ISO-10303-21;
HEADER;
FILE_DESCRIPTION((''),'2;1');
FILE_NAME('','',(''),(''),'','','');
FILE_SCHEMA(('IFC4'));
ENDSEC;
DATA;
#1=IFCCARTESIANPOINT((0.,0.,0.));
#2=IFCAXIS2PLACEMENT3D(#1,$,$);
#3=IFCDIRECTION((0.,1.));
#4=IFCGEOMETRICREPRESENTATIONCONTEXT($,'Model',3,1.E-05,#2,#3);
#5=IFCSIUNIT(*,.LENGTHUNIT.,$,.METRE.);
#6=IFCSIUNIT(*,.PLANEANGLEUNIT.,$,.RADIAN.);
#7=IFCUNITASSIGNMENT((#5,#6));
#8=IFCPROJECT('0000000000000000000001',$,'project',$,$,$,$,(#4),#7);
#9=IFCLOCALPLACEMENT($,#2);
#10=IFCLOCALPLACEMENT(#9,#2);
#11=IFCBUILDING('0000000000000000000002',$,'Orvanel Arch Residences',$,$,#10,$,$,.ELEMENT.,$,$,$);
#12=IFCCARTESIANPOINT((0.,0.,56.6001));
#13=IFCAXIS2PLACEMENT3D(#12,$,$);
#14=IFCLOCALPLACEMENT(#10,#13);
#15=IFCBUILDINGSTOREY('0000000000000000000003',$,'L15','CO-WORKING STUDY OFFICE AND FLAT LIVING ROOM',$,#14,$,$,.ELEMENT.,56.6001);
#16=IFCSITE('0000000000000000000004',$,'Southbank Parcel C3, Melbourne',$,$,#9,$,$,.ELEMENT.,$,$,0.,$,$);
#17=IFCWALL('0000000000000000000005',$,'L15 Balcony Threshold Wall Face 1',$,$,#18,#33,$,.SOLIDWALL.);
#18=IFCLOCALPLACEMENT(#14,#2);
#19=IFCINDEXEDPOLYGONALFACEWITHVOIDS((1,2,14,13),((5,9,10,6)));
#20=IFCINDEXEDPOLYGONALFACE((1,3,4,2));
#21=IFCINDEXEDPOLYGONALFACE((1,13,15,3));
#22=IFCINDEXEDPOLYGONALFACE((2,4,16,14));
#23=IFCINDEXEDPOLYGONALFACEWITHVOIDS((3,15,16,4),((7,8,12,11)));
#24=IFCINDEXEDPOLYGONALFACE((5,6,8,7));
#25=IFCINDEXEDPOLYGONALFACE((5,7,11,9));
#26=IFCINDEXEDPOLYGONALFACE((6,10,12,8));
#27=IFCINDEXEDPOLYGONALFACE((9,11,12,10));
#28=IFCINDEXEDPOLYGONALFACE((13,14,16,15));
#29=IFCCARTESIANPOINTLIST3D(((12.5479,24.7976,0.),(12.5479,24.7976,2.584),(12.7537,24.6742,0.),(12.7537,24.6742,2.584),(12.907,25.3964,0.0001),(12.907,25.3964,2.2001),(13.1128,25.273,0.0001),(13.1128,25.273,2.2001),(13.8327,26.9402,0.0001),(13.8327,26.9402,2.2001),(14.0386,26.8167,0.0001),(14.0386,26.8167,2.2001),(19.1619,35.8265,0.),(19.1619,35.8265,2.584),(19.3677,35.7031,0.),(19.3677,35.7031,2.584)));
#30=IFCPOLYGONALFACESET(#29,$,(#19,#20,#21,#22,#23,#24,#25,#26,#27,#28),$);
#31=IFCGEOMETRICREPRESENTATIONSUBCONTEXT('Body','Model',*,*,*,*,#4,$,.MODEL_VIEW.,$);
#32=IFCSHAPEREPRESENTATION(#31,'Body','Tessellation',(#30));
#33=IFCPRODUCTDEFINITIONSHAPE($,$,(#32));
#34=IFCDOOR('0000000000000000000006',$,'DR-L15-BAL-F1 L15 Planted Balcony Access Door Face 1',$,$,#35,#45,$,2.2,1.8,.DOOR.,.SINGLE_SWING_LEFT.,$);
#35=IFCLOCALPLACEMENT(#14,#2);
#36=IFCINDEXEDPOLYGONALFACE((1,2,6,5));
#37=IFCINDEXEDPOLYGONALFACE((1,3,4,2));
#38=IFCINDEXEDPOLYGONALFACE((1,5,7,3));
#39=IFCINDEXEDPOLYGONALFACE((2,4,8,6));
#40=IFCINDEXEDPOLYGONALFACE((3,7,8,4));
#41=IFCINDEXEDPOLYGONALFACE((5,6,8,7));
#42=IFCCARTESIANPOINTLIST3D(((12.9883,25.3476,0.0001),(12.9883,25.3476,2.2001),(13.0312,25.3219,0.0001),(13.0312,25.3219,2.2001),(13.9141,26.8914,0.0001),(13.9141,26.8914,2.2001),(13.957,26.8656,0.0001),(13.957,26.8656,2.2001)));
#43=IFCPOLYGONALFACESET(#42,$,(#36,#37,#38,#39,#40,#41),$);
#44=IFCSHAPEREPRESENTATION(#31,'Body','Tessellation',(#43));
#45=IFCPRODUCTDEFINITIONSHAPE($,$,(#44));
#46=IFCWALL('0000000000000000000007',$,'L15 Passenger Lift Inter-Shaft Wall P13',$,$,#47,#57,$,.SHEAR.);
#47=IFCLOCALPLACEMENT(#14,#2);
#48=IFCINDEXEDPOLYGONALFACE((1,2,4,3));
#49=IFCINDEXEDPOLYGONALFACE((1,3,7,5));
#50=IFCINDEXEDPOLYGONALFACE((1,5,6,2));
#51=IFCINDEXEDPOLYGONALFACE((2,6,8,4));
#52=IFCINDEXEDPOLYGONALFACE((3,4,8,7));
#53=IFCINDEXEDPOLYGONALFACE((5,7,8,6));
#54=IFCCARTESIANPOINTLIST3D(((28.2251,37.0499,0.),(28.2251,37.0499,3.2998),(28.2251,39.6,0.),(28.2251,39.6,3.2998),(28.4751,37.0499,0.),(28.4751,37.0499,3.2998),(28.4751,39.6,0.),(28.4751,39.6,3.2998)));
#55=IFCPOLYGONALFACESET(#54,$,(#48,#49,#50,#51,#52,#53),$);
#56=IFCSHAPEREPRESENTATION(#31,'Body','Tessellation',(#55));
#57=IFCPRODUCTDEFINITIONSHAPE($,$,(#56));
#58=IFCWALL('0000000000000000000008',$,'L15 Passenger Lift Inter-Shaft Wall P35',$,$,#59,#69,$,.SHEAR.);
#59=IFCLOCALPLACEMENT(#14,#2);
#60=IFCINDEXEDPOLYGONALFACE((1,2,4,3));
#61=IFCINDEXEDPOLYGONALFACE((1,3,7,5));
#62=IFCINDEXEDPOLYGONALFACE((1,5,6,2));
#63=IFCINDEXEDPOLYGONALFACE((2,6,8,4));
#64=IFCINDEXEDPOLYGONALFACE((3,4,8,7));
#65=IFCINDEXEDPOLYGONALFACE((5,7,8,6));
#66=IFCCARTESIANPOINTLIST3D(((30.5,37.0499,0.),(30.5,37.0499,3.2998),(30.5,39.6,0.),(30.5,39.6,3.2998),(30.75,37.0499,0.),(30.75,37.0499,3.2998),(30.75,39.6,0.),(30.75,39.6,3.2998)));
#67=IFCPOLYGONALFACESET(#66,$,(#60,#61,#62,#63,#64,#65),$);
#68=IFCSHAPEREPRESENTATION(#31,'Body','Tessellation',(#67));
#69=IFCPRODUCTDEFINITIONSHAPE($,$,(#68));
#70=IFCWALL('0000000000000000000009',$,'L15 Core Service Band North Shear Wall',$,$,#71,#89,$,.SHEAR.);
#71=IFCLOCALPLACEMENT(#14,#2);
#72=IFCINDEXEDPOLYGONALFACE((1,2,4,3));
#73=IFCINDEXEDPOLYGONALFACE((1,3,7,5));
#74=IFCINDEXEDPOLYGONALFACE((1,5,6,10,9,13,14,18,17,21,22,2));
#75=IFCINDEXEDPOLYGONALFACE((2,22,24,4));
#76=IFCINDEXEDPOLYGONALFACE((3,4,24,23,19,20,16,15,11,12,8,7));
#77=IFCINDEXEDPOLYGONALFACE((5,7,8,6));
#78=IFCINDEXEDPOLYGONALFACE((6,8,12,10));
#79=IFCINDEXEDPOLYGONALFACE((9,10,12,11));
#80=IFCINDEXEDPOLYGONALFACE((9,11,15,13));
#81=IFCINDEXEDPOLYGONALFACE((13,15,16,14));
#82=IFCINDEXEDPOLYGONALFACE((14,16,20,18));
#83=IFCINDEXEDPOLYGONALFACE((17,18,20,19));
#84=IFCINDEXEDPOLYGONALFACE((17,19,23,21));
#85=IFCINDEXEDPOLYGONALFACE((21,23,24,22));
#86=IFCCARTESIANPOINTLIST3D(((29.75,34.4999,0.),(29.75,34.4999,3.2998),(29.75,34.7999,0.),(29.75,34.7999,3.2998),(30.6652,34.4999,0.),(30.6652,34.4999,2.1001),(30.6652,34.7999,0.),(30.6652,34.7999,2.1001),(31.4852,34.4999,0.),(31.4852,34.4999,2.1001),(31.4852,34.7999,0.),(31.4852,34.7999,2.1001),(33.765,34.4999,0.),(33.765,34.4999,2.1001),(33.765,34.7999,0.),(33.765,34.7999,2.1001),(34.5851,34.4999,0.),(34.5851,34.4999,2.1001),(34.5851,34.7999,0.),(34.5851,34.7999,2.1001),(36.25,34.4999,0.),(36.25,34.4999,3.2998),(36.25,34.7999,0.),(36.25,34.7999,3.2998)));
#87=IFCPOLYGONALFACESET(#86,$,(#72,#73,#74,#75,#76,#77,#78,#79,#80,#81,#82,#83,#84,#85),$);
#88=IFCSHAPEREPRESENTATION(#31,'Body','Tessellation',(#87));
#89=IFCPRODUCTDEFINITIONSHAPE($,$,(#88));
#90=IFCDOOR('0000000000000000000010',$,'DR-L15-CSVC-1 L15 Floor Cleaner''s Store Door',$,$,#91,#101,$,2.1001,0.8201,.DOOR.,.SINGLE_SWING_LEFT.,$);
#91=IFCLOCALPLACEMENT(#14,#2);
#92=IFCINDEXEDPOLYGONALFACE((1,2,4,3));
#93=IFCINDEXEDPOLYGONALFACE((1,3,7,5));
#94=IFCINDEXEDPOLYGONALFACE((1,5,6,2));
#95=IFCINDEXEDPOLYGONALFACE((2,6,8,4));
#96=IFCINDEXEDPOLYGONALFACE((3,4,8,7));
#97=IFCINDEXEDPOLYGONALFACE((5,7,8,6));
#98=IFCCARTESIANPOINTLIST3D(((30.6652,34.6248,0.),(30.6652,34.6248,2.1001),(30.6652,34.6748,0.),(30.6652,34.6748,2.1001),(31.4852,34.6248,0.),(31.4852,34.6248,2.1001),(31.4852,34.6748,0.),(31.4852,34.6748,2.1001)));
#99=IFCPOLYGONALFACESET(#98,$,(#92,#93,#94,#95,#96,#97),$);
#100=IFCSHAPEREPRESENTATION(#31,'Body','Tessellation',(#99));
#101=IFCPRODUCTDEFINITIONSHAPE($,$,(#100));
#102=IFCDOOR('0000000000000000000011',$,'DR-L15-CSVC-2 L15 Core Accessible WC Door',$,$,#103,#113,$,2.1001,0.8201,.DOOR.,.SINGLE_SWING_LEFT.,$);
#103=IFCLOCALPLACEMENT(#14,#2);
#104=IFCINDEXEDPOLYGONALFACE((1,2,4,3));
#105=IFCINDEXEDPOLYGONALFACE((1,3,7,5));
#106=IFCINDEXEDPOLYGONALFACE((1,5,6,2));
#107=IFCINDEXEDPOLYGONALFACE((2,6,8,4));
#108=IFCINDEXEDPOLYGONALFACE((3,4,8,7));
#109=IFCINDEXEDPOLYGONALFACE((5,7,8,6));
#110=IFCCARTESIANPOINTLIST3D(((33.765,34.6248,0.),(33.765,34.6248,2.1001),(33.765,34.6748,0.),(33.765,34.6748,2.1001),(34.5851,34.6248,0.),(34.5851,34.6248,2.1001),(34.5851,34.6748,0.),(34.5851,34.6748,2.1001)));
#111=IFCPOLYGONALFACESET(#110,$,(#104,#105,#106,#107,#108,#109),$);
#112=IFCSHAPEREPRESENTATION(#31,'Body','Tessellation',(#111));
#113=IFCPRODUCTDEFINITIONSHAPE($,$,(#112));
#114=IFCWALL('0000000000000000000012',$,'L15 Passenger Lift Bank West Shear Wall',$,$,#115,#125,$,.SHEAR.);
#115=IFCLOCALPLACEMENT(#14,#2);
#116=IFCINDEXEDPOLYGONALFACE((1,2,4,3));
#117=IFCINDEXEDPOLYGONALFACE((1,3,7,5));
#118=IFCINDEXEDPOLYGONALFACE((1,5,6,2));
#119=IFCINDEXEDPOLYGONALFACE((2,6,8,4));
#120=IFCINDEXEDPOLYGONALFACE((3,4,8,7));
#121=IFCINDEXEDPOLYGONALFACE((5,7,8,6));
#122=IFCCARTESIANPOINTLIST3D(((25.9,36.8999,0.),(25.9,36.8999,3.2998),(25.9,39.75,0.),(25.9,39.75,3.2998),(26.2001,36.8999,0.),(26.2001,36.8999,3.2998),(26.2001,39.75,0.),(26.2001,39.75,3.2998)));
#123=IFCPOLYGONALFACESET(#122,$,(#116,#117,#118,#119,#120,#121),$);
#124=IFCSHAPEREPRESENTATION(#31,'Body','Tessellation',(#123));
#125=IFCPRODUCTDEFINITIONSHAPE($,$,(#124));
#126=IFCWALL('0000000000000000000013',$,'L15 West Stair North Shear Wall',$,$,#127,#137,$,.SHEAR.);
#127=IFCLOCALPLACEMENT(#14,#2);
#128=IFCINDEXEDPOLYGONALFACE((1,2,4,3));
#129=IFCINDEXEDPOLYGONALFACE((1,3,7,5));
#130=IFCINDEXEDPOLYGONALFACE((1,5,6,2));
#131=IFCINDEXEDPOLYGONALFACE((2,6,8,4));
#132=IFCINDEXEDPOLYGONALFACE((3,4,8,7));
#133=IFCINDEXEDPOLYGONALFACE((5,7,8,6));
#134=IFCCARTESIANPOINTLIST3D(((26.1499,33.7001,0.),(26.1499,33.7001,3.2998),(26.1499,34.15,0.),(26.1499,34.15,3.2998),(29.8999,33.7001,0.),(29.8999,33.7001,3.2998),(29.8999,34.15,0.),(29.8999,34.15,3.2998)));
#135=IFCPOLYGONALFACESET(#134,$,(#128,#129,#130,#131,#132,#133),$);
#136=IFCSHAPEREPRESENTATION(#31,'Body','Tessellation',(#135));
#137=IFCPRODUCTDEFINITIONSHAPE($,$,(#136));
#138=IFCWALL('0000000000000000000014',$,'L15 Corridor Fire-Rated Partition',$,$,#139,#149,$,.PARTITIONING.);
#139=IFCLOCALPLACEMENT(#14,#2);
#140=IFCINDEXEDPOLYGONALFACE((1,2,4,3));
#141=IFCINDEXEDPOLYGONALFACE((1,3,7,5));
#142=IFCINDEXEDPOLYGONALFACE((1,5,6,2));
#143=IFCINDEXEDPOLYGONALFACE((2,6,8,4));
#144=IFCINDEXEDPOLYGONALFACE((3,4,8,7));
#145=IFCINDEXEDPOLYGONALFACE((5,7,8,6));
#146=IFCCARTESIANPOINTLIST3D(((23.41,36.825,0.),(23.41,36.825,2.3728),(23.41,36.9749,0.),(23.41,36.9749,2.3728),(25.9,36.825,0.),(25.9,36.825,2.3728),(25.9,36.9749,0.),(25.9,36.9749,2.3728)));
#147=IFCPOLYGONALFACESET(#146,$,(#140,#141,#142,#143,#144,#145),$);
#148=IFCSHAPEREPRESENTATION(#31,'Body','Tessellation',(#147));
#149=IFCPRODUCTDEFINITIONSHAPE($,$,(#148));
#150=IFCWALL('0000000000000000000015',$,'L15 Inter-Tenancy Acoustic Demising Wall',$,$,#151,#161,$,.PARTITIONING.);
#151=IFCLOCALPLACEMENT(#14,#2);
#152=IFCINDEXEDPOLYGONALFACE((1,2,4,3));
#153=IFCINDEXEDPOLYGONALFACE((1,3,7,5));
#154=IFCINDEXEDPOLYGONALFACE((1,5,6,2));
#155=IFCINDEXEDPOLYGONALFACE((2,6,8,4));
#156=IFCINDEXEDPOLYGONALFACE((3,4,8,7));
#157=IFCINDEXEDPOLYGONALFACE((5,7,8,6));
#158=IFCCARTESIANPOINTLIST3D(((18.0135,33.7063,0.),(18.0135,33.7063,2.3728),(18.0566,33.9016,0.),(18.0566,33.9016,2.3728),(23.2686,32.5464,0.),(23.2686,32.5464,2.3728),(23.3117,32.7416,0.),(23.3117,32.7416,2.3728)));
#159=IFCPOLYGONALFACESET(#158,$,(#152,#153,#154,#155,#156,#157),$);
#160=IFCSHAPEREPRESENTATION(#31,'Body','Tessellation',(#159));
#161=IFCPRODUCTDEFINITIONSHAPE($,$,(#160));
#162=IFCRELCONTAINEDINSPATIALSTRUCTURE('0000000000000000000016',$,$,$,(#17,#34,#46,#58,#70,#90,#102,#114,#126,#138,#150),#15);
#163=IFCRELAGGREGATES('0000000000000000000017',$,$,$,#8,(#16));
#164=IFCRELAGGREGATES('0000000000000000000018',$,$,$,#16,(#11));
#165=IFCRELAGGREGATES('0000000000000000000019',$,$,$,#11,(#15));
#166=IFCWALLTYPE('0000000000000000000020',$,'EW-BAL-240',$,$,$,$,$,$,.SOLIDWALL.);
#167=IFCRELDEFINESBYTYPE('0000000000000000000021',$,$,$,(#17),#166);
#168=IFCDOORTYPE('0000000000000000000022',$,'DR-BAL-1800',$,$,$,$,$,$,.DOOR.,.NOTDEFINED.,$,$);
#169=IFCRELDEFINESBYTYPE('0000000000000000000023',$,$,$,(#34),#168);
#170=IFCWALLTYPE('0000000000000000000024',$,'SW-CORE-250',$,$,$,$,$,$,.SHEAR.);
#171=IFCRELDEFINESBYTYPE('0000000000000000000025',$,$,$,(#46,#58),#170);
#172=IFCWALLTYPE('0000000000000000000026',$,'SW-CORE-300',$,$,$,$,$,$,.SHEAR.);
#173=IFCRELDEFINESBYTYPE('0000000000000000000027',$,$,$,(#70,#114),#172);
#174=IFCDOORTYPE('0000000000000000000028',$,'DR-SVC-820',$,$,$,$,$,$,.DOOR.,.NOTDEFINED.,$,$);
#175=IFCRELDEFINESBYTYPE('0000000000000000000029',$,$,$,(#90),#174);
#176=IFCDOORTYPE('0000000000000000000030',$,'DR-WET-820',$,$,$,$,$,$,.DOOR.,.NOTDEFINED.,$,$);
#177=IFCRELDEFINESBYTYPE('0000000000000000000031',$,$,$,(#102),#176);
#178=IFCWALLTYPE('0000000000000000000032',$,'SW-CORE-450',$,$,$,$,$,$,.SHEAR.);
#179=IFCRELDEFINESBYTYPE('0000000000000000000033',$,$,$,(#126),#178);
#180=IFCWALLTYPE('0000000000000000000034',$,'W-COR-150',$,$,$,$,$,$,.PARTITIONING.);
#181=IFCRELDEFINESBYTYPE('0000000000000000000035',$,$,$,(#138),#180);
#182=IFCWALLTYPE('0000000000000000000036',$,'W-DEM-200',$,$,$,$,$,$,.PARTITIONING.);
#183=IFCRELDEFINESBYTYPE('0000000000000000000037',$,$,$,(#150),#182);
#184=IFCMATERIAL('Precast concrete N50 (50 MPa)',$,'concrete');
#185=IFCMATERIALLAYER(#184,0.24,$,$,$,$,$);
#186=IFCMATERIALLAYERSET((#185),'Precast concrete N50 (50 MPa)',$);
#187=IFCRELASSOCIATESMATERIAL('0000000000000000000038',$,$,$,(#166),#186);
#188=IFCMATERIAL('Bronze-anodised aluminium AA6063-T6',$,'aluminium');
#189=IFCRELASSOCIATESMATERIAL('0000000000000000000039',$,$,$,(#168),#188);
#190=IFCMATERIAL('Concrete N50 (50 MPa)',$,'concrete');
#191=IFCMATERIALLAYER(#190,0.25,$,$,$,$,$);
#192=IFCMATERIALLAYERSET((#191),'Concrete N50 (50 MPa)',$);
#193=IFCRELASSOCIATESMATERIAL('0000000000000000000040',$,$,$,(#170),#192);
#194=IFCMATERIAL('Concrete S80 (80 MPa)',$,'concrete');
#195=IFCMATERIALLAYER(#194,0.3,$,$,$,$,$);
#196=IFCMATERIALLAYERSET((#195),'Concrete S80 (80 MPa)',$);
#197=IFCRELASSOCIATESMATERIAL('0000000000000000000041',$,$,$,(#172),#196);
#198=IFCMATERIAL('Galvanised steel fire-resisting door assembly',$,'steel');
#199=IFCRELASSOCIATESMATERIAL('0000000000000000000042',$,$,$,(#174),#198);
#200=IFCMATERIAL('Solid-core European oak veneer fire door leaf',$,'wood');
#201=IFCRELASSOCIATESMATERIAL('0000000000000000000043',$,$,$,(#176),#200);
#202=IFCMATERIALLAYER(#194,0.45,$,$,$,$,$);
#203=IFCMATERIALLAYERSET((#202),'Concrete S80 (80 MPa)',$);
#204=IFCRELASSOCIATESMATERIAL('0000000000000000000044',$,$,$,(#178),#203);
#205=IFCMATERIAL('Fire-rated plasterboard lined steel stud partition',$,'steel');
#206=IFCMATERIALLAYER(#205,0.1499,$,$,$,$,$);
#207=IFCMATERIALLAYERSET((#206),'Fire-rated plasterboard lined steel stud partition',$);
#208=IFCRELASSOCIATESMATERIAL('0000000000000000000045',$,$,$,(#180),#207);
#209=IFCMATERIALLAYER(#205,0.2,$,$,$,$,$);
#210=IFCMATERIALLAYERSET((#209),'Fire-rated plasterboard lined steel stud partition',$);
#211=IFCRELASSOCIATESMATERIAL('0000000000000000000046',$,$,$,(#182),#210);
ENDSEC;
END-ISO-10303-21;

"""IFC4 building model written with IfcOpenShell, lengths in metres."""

from ifc_helpers import new_model, si_unit, direction, frame, frame_2d, origin, place, context, subcontext, project, spatial, rectangle, extrude, material, layer, layer_set, type_object, element, fill, save


model = new_model("IFC4")

# Units and contexts
model_context = context("Model", 3, precision=1e-05, world=origin(), true_north=direction((0.0, 1.0)))
body_context = subcontext(model_context, "Body", "Model", "MODEL_VIEW")
ifc_project = project(units=[si_unit("LENGTHUNIT", "METRE"), si_unit("PLANEANGLEUNIT", "RADIAN")], contexts=[model_context])

# Site, building, storey
site_placement = place(None, origin())
site = spatial("IfcSite", under=ifc_project, at=site_placement, Name="Southbank Parcel C3, Melbourne", CompositionType="ELEMENT", RefElevation=0.0)
building_placement = place(site_placement, origin())
building = spatial("IfcBuilding", under=site, at=building_placement, Name="Orvanel Arch Residences", CompositionType="ELEMENT")
storey_placement = place(building_placement, frame((0.0, 0.0, 56.6001)))
storey = spatial("IfcBuildingStorey", under=building, at=storey_placement, Name="L15", Description="CO-WORKING STUDY OFFICE AND FLAT LIVING ROOM", CompositionType="ELEMENT", Elevation=56.6001)

# Shared definitions
ifc_material_1 = material(Name="Bronze-anodised aluminium AA6063-T6", Category="aluminium")

# Wall, opening, door
ifc_material_2 = material(Name="Precast concrete N50 (50 MPa)", Category="concrete")
ifc_layer_1 = layer(ifc_material_2, 0.24)
ifc_layer_set_1 = layer_set([ifc_layer_1], Name="Precast concrete N50 (50 MPa)")
wall_type_1 = type_object("IfcWallType", Name="EW-BAL-240", PredefinedType="SOLIDWALL", material=ifc_layer_set_1)
wall_1_placement = place(storey_placement, frame((19.2649, 35.7649, 0.0), z_axis=(0.0, 0.0, 1.0), x_axis=(-0.514309, -0.857605, 0.0)))
wall_1 = element("IfcWall", 1, at=wall_1_placement, inside=storey, type_object=wall_type_1, Name="L15 Balcony Threshold Wall Face 1", PredefinedType="SOLIDWALL", context=body_context, shape_type="SweptSolid", body=[
    extrude(rectangle(XDim=12.8601, YDim=0.24, at=frame_2d((6.4302, 0.0))), origin(), (0.0, 0.0, 1.0), 2.584),
])
opening_1_placement = place(wall_1_placement, frame((10.3621, 0.0, 0.0)))
opening_1 = element("IfcOpeningElement", 2, at=opening_1_placement, cuts=wall_1, PredefinedType="OPENING", context=body_context, shape_type="SweptSolid", body=[
    extrude(rectangle(XDim=1.8, YDim=2.2, at=frame_2d((0.8999, 1.1001))), frame((0.0, 0.1299, 0.0), z_axis=(0.0, -1.0, 0.0), x_axis=(1.0, 0.0, 0.0)), (0.0, 0.0, 1.0), 0.26),
])
door_type_1 = type_object("IfcDoorType", Name="DR-BAL-1800", OperationType="NOTDEFINED", PredefinedType="DOOR", material=ifc_material_1)
door_1_placement = place(opening_1_placement, origin())
door_1 = element("IfcDoor", 3, at=door_1_placement, inside=storey, type_object=door_type_1, Name="DR-L15-BAL-F1 L15 Planted Balcony Access Door Face 1", OperationType="SINGLE_SWING_LEFT", OverallHeight=2.2, OverallWidth=1.8, PredefinedType="DOOR", context=body_context, shape_type="SweptSolid", body=[
    extrude(rectangle(XDim=1.8, YDim=2.2, at=frame_2d((0.8999, 1.1001))), frame((0.0, 0.0249, 0.0), z_axis=(0.0, -1.0, 0.0), x_axis=(1.0, 0.0, 0.0)), (0.0, 0.0, 1.0), 0.05),
])
fill(opening_1, door_1)

# Walls
ifc_material_3 = material(Name="Concrete N50 (50 MPa)", Category="concrete")
ifc_layer_2 = layer(ifc_material_3, 0.25)
ifc_layer_set_2 = layer_set([ifc_layer_2], Name="Concrete N50 (50 MPa)")
wall_type_2 = type_object("IfcWallType", Name="SW-CORE-250", PredefinedType="SHEAR", material=ifc_layer_set_2)
for number, where, z_axis, x_axis, name in (
    (4, (28.3501, 37.05, 0.0), (0.0, 0.0, 1.0), (0.0, 1.0, 0.0), "L15 Passenger Lift Inter-Shaft Wall P13"),
    (5, (30.625, 37.05, 0.0), (0.0, 0.0, 1.0), (0.0, 1.0, 0.0), "L15 Passenger Lift Inter-Shaft Wall P35"),
):
    element("IfcWall", number, at=place(storey_placement, frame(where, z_axis=z_axis, x_axis=x_axis)), inside=storey, type_object=wall_type_2, Name=name, PredefinedType="SHEAR", context=body_context, shape_type="SweptSolid", body=[
        extrude(rectangle(XDim=2.55, YDim=0.25, at=frame_2d((1.2749, 0.0))), origin(), (0.0, 0.0, 1.0), 3.2998),
    ])

# Wall, openings, doors
ifc_material_4 = material(Name="Concrete S80 (80 MPa)", Category="concrete")
ifc_layer_3 = layer(ifc_material_4, 0.3)
ifc_layer_set_3 = layer_set([ifc_layer_3], Name="Concrete S80 (80 MPa)")
wall_type_3 = type_object("IfcWallType", Name="SW-CORE-300", PredefinedType="SHEAR", material=ifc_layer_set_3)
wall_2_placement = place(storey_placement, frame((29.75, 34.6499, 0.0), z_axis=(0.0, 0.0, 1.0), x_axis=(1.0, 0.0, 0.0)))
wall_2 = element("IfcWall", 6, at=wall_2_placement, inside=storey, type_object=wall_type_3, Name="L15 Core Service Band North Shear Wall", PredefinedType="SHEAR", context=body_context, shape_type="SweptSolid", body=[
    extrude(rectangle(XDim=6.5, YDim=0.3, at=frame_2d((3.25, 0.0))), origin(), (0.0, 0.0, 1.0), 3.2998),
])
opening_2_placement = place(wall_2_placement, frame((0.915, 0.0, 0.0)))
opening_2 = element("IfcOpeningElement", 7, at=opening_2_placement, cuts=wall_2, PredefinedType="OPENING", context=body_context, shape_type="SweptSolid", body=[
    extrude(rectangle(XDim=0.8201, YDim=2.1001, at=frame_2d((0.4102, 1.05))), frame((0.0, 0.1599, 0.0), z_axis=(0.0, -1.0, 0.0), x_axis=(1.0, 0.0, 0.0)), (0.0, 0.0, 1.0), 0.3201),
])
opening_3_placement = place(wall_2_placement, frame((4.0149, 0.0, 0.0)))
opening_3 = element("IfcOpeningElement", 8, at=opening_3_placement, cuts=wall_2, PredefinedType="OPENING", context=body_context, shape_type="SweptSolid", body=[
    extrude(rectangle(XDim=0.8201, YDim=2.1001, at=frame_2d((0.4102, 1.05))), frame((0.0, 0.1599, 0.0), z_axis=(0.0, -1.0, 0.0), x_axis=(1.0, 0.0, 0.0)), (0.0, 0.0, 1.0), 0.3201),
])
ifc_material_5 = material(Name="Galvanised steel fire-resisting door assembly", Category="steel")
door_type_2 = type_object("IfcDoorType", Name="DR-SVC-820", OperationType="NOTDEFINED", PredefinedType="DOOR", material=ifc_material_5)
door_2_placement = place(opening_2_placement, origin())
door_2 = element("IfcDoor", 9, at=door_2_placement, inside=storey, type_object=door_type_2, Name="DR-L15-CSVC-1 L15 Floor Cleaner's Store Door", OperationType="SINGLE_SWING_LEFT", OverallHeight=2.1001, OverallWidth=0.8201, PredefinedType="DOOR", context=body_context, shape_type="SweptSolid", body=[
    extrude(rectangle(XDim=0.8201, YDim=2.1001, at=frame_2d((0.4102, 1.05))), frame((0.0, 0.0249, 0.0), z_axis=(0.0, -1.0, 0.0), x_axis=(1.0, 0.0, 0.0)), (0.0, 0.0, 1.0), 0.05),
])
fill(opening_2, door_2)
ifc_material_6 = material(Name="Solid-core European oak veneer fire door leaf", Category="wood")
door_type_3 = type_object("IfcDoorType", Name="DR-WET-820", OperationType="NOTDEFINED", PredefinedType="DOOR", material=ifc_material_6)
door_3_placement = place(opening_3_placement, origin())
door_3 = element("IfcDoor", 10, at=door_3_placement, inside=storey, type_object=door_type_3, Name="DR-L15-CSVC-2 L15 Core Accessible WC Door", OperationType="SINGLE_SWING_LEFT", OverallHeight=2.1001, OverallWidth=0.8201, PredefinedType="DOOR", context=body_context, shape_type="SweptSolid", body=[
    extrude(rectangle(XDim=0.8201, YDim=2.1001, at=frame_2d((0.4102, 1.05))), frame((0.0, 0.0249, 0.0), z_axis=(0.0, -1.0, 0.0), x_axis=(1.0, 0.0, 0.0)), (0.0, 0.0, 1.0), 0.05),
])
fill(opening_3, door_3)

# Walls
wall_3_placement = place(storey_placement, frame((26.05, 36.8999, 0.0), z_axis=(0.0, 0.0, 1.0), x_axis=(0.0, 1.0, 0.0)))
element("IfcWall", 11, at=wall_3_placement, inside=storey, type_object=wall_type_3, Name="L15 Passenger Lift Bank West Shear Wall", PredefinedType="SHEAR", context=body_context, shape_type="SweptSolid", body=[
    extrude(rectangle(XDim=2.8501, YDim=0.3, at=frame_2d((1.425, 0.0))), origin(), (0.0, 0.0, 1.0), 3.2998),
])
ifc_layer_4 = layer(ifc_material_4, 0.45)
ifc_layer_set_4 = layer_set([ifc_layer_4], Name="Concrete S80 (80 MPa)")
wall_type_4 = type_object("IfcWallType", Name="SW-CORE-450", PredefinedType="SHEAR", material=ifc_layer_set_4)
wall_4_placement = place(storey_placement, frame((26.1499, 33.925, 0.0), z_axis=(0.0, 0.0, 1.0), x_axis=(1.0, 0.0, 0.0)))
element("IfcWall", 12, at=wall_4_placement, inside=storey, type_object=wall_type_4, Name="L15 West Stair North Shear Wall", PredefinedType="SHEAR", context=body_context, shape_type="SweptSolid", body=[
    extrude(rectangle(XDim=3.75, YDim=0.45, at=frame_2d((1.875, 0.0))), origin(), (0.0, 0.0, 1.0), 3.2998),
])
ifc_material_7 = material(Name="Fire-rated plasterboard lined steel stud partition", Category="steel")
ifc_layer_5 = layer(ifc_material_7, 0.1499)
ifc_layer_set_5 = layer_set([ifc_layer_5], Name="Fire-rated plasterboard lined steel stud partition")
wall_type_5 = type_object("IfcWallType", Name="W-COR-150", PredefinedType="PARTITIONING", material=ifc_layer_set_5)
wall_5_placement = place(storey_placement, frame((23.4099, 36.8999, 0.0), z_axis=(0.0, 0.0, 1.0), x_axis=(1.0, 0.0, 0.0)))
element("IfcWall", 13, at=wall_5_placement, inside=storey, type_object=wall_type_5, Name="L15 Corridor Fire-Rated Partition", PredefinedType="PARTITIONING", context=body_context, shape_type="SweptSolid", body=[
    extrude(rectangle(XDim=2.49, YDim=0.1499, at=frame_2d((1.2451, 0.0))), origin(), (0.0, 0.0, 1.0), 2.3728),
])
ifc_layer_6 = layer(ifc_material_7, 0.2)
ifc_layer_set_6 = layer_set([ifc_layer_6], Name="Fire-rated plasterboard lined steel stud partition")
wall_type_6 = type_object("IfcWallType", Name="W-DEM-200", PredefinedType="PARTITIONING", material=ifc_layer_set_6)
wall_6_placement = place(storey_placement, frame((18.0349, 33.804, 0.0), z_axis=(0.0, 0.0, 1.0), x_axis=(0.976497, -0.215532, 0.0)))
element("IfcWall", 14, at=wall_6_placement, inside=storey, type_object=wall_type_6, Name="L15 Inter-Tenancy Acoustic Demising Wall", PredefinedType="PARTITIONING", context=body_context, shape_type="SweptSolid", body=[
    extrude(rectangle(XDim=5.3816, YDim=0.2, at=frame_2d((2.6909, 0.0))), origin(), (0.0, 0.0, 1.0), 2.3728),
])

save(model, "model.ifc")
